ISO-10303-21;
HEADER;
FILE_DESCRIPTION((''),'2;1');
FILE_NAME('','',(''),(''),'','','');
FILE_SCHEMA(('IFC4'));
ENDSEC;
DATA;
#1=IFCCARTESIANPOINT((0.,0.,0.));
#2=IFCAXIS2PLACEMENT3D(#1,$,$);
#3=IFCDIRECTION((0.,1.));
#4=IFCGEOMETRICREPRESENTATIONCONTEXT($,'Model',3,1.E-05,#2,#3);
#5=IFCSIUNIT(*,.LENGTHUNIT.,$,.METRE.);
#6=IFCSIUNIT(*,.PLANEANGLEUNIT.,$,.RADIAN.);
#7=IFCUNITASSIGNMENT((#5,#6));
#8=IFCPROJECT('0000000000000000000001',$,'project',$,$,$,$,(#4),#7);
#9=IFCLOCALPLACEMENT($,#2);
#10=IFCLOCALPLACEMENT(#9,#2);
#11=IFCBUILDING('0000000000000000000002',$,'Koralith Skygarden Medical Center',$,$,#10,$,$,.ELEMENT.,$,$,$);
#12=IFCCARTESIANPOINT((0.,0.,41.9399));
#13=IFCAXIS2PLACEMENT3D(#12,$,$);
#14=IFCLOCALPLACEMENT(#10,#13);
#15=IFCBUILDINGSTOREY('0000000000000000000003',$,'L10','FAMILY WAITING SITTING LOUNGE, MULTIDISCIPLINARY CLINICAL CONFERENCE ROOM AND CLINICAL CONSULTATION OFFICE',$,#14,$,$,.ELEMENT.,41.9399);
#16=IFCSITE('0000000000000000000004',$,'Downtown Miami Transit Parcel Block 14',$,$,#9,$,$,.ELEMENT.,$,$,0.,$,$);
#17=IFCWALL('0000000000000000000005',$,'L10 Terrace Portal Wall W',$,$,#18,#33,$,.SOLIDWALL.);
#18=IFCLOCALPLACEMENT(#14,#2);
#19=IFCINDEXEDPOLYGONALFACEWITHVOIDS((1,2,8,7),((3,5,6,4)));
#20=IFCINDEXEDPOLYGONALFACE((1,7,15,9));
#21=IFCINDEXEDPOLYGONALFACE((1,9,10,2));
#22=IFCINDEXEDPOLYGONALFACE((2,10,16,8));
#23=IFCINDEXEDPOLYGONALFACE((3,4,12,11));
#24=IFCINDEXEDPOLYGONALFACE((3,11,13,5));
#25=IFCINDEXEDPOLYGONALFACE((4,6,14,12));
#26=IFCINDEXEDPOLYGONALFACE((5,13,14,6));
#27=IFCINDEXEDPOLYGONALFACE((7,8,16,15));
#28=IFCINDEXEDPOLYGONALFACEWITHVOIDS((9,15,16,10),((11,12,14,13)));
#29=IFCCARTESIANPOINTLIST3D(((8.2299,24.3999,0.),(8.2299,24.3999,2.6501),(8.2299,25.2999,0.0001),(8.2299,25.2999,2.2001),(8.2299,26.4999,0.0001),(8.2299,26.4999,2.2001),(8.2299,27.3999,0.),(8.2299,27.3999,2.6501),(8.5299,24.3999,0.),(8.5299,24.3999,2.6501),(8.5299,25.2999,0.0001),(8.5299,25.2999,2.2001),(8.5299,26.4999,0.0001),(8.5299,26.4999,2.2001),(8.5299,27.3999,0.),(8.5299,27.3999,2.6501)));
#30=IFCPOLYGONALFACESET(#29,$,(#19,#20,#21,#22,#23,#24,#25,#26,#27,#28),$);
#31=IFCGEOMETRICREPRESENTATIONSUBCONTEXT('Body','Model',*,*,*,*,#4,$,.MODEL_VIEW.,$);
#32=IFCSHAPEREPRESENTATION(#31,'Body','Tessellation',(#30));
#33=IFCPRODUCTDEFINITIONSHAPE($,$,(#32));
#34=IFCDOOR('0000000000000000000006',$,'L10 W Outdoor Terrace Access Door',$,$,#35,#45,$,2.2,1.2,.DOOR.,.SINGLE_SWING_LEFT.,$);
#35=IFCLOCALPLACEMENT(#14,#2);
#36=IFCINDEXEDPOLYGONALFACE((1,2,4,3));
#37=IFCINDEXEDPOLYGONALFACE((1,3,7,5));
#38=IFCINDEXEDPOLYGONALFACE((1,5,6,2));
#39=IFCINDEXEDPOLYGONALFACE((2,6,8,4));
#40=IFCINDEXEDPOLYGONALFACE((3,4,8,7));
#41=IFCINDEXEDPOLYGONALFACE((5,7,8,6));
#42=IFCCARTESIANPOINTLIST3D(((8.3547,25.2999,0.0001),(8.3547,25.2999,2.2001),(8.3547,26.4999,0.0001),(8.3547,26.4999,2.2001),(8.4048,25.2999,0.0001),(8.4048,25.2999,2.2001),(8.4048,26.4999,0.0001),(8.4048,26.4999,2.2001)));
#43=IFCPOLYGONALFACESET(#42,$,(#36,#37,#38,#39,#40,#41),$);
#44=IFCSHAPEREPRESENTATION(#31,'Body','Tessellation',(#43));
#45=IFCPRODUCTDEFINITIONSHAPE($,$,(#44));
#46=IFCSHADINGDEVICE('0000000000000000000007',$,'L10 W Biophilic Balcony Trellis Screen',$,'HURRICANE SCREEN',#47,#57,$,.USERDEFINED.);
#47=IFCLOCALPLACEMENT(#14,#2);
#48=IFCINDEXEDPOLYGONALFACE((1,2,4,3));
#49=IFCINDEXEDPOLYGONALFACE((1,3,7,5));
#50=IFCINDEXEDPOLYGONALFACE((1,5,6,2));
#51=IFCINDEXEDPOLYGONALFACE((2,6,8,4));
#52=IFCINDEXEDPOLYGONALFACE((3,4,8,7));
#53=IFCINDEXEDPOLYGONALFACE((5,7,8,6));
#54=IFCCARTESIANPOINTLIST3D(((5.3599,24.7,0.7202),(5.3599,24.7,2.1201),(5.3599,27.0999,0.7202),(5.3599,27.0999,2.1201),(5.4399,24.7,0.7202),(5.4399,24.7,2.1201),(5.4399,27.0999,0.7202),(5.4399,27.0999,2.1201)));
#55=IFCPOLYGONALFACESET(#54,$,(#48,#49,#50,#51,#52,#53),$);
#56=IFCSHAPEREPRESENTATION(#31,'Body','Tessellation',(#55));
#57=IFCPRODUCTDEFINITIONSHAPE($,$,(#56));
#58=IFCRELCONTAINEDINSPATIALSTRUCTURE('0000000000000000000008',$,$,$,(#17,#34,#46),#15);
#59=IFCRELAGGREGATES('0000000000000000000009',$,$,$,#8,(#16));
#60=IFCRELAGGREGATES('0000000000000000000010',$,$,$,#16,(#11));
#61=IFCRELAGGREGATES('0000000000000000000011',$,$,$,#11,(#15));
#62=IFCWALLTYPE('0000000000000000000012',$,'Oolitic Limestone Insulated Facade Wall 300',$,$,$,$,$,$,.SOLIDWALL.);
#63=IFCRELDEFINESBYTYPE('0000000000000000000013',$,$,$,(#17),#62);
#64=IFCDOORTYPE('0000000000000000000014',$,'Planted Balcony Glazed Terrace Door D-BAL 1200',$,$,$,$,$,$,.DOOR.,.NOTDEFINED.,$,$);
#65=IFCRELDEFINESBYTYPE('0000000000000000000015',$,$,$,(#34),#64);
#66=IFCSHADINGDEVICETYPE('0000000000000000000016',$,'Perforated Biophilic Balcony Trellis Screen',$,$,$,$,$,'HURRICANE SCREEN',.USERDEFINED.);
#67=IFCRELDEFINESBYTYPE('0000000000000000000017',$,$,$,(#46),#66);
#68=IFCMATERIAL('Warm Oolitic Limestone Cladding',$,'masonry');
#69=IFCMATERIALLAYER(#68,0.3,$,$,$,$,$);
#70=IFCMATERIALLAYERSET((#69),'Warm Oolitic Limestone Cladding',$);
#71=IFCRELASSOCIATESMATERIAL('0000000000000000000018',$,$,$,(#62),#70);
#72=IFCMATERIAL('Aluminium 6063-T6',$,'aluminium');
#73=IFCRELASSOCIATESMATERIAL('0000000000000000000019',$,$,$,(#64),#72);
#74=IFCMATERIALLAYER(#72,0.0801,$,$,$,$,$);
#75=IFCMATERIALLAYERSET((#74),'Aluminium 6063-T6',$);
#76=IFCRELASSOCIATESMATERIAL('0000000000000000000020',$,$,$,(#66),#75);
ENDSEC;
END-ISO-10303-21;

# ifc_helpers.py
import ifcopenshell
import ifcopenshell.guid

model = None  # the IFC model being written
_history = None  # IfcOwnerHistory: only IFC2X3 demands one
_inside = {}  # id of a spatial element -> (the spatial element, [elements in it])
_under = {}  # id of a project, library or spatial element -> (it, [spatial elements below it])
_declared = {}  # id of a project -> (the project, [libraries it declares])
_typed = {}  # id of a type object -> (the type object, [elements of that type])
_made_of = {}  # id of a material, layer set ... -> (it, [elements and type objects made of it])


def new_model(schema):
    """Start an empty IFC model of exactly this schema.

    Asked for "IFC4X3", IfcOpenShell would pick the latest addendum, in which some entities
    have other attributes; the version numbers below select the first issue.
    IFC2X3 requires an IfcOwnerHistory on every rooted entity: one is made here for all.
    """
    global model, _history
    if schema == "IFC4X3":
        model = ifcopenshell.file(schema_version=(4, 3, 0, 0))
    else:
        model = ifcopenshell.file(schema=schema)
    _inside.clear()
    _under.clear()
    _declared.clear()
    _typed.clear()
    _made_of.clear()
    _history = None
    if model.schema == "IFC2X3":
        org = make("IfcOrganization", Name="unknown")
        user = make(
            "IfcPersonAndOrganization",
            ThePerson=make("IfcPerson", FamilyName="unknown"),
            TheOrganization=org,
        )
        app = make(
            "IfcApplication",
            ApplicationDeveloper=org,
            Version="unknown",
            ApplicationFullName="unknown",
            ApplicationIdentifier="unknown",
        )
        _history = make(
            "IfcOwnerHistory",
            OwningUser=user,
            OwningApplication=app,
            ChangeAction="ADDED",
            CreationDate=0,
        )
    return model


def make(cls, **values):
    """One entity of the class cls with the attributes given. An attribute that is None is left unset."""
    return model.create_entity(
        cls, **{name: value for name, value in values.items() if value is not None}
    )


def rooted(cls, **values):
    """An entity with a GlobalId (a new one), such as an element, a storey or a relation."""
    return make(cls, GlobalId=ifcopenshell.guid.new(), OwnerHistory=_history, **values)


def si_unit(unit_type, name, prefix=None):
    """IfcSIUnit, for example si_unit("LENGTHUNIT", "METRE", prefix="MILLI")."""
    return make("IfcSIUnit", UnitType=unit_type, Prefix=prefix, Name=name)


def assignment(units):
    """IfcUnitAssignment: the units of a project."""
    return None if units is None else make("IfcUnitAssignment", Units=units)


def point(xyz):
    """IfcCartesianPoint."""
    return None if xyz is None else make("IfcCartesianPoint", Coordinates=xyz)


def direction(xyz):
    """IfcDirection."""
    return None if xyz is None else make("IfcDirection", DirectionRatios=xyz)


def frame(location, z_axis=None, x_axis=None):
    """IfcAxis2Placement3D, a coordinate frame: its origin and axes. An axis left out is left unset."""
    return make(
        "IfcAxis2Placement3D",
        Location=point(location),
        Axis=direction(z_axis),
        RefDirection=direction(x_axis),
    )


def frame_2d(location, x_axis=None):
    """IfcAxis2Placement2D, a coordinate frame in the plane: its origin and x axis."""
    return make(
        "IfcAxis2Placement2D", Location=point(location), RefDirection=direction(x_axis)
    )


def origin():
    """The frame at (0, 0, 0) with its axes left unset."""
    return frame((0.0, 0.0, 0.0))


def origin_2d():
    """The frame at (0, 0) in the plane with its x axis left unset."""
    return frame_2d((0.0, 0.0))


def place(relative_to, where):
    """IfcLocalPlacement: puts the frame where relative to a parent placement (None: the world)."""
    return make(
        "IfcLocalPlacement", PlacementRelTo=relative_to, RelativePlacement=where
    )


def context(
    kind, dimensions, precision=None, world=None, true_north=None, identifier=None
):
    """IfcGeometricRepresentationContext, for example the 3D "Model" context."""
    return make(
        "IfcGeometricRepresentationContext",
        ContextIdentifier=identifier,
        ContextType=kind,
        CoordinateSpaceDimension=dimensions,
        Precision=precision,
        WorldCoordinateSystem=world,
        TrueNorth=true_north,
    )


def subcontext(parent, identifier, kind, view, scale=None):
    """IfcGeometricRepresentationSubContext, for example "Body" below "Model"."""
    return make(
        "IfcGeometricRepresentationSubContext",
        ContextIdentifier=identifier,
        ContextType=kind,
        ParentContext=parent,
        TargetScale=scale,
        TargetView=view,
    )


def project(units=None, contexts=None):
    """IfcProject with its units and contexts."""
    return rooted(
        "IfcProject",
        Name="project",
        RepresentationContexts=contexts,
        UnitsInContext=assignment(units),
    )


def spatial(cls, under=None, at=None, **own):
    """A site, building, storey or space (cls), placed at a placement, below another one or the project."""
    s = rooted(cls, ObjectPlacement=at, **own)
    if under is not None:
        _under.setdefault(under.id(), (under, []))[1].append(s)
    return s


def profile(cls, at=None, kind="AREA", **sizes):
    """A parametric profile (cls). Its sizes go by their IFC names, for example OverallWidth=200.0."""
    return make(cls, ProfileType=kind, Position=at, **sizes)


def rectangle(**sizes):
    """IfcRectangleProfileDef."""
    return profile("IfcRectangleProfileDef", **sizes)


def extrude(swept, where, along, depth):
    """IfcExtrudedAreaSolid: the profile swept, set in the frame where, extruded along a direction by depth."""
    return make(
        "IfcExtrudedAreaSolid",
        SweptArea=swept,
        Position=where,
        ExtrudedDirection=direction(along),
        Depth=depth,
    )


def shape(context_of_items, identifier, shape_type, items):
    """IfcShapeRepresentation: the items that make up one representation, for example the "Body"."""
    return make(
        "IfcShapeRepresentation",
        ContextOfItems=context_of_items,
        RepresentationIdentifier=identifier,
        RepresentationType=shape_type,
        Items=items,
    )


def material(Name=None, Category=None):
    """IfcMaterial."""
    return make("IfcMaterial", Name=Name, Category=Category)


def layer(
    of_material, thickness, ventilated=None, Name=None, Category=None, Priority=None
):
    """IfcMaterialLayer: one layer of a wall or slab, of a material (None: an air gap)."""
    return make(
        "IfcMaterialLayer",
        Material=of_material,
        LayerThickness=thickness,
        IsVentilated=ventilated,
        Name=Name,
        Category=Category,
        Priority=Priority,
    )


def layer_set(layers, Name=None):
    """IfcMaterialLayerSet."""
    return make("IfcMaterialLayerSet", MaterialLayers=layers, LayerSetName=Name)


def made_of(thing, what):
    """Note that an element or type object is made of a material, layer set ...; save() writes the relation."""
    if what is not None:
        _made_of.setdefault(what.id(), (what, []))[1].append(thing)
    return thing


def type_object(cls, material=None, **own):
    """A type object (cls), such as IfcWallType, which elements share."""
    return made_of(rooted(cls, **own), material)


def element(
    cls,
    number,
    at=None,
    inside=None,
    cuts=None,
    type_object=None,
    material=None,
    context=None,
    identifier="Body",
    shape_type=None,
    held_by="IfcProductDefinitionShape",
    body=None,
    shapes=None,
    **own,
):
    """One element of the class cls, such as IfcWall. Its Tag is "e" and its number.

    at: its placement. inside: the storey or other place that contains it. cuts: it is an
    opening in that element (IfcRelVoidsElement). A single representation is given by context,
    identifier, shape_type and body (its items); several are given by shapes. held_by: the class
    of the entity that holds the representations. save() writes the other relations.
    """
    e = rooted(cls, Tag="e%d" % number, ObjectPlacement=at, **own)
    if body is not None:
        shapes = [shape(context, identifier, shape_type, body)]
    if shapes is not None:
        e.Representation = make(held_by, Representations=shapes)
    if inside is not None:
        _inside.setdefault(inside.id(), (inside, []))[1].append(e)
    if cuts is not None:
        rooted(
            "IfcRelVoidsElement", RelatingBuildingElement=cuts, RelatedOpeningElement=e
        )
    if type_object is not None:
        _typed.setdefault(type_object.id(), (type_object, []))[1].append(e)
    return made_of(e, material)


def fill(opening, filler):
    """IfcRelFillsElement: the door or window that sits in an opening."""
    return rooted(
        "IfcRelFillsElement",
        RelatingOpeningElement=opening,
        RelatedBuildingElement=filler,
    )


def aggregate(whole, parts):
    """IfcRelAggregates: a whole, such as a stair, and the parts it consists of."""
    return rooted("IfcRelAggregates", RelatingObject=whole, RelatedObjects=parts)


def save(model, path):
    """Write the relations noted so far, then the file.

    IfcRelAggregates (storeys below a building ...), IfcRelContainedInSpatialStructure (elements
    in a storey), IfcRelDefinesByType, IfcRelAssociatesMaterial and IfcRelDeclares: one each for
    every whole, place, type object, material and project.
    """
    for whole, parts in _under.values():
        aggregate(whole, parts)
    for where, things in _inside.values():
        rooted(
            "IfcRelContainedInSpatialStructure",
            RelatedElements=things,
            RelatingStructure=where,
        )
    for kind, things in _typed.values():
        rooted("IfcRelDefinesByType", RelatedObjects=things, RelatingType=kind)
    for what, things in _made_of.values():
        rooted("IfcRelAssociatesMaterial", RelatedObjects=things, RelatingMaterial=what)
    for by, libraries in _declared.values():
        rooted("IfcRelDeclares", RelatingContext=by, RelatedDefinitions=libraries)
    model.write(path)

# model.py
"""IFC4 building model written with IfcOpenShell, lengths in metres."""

from ifc_helpers import new_model, si_unit, direction, frame, frame_2d, origin, origin_2d, place, context, subcontext, project, spatial, rectangle, extrude, material, layer, layer_set, type_object, element, fill, save


model = new_model("IFC4")

# Units and contexts
model_context = context("Model", 3, precision=1e-05, world=origin(), true_north=direction((0.0, 1.0)))
body_context = subcontext(model_context, "Body", "Model", "MODEL_VIEW")
ifc_project = project(units=[si_unit("LENGTHUNIT", "METRE"), si_unit("PLANEANGLEUNIT", "RADIAN")], contexts=[model_context])

# Site, building, storey
site_placement = place(None, origin())
site = spatial("IfcSite", under=ifc_project, at=site_placement, Name="Downtown Miami Transit Parcel Block 14", CompositionType="ELEMENT", RefElevation=0.0)
building_placement = place(site_placement, origin())
building = spatial("IfcBuilding", under=site, at=building_placement, Name="Koralith Skygarden Medical Center", CompositionType="ELEMENT")
storey_placement = place(building_placement, frame((0.0, 0.0, 41.9399)))
storey = spatial("IfcBuildingStorey", under=building, at=storey_placement, Name="L10", Description="FAMILY WAITING SITTING LOUNGE, MULTIDISCIPLINARY CLINICAL CONFERENCE ROOM AND CLINICAL CONSULTATION OFFICE", CompositionType="ELEMENT", Elevation=41.9399)

# Shared definitions
ifc_material_1 = material(Name="Aluminium 6063-T6", Category="aluminium")

# Shared definitions
ifc_material_2 = material(Name="Warm Oolitic Limestone Cladding", Category="masonry")

# Wall, opening, door
ifc_layer_1 = layer(ifc_material_2, 0.3)
ifc_layer_set_1 = layer_set([ifc_layer_1], Name="Warm Oolitic Limestone Cladding")
wall_type_1 = type_object("IfcWallType", Name="Oolitic Limestone Insulated Facade Wall 300", PredefinedType="SOLIDWALL", material=ifc_layer_set_1)
wall_1_placement = place(storey_placement, frame((8.3799, 27.3999, 0.0), z_axis=(0.0, 0.0, 1.0), x_axis=(0.0, -1.0, 0.0)))
wall_1 = element("IfcWall", 1, at=wall_1_placement, inside=storey, type_object=wall_type_1, Name="L10 Terrace Portal Wall W", PredefinedType="SOLIDWALL", context=body_context, shape_type="SweptSolid", body=[
    extrude(rectangle(XDim=3.0, YDim=0.3, at=frame_2d((1.5, 0.0))), origin(), (0.0, 0.0, 1.0), 2.6501),
])
opening_1_placement = place(wall_1_placement, frame((0.8999, 0.0, 0.0)))
opening_1 = element("IfcOpeningElement", 2, at=opening_1_placement, cuts=wall_1, PredefinedType="OPENING", context=body_context, shape_type="SweptSolid", body=[
    extrude(rectangle(XDim=1.2, YDim=2.2, at=frame_2d((0.6001, 1.1001))), frame((0.0, 0.1599, 0.0), z_axis=(0.0, -1.0, 0.0), x_axis=(1.0, 0.0, 0.0)), (0.0, 0.0, 1.0), 0.3201),
])
door_type_1 = type_object("IfcDoorType", Name="Planted Balcony Glazed Terrace Door D-BAL 1200", OperationType="NOTDEFINED", PredefinedType="DOOR", material=ifc_material_1)
door_1_placement = place(opening_1_placement, origin())
door_1 = element("IfcDoor", 3, at=door_1_placement, inside=storey, type_object=door_type_1, Name="L10 W Outdoor Terrace Access Door", OperationType="SINGLE_SWING_LEFT", OverallHeight=2.2, OverallWidth=1.2, PredefinedType="DOOR", context=body_context, shape_type="SweptSolid", body=[
    extrude(rectangle(XDim=1.2, YDim=2.2, at=frame_2d((0.6001, 1.1001))), frame((0.0, 0.0249, 0.0), z_axis=(0.0, -1.0, 0.0), x_axis=(1.0, 0.0, 0.0)), (0.0, 0.0, 1.0), 0.05),
])
fill(opening_1, door_1)

# Shading device
ifc_layer_2 = layer(ifc_material_1, 0.0801)
ifc_layer_set_2 = layer_set([ifc_layer_2], Name="Aluminium 6063-T6")
shading_device_type = type_object("IfcShadingDeviceType", Name="Perforated Biophilic Balcony Trellis Screen", ElementType="HURRICANE SCREEN", PredefinedType="USERDEFINED", material=ifc_layer_set_2)
shading_device_placement = place(storey_placement, frame((5.3999, 25.8999, 0.7202), z_axis=(0.0, 0.0, 1.0), x_axis=(0.0, 1.0, 0.0)))
element("IfcShadingDevice", 4, at=shading_device_placement, inside=storey, type_object=shading_device_type, Name="L10 W Biophilic Balcony Trellis Screen", ObjectType="HURRICANE SCREEN", PredefinedType="USERDEFINED", context=body_context, shape_type="SweptSolid", body=[
    extrude(rectangle(XDim=2.3999, YDim=0.0801, at=origin_2d()), origin(), (0.0, 0.0, 1.0), 1.3999),
])

save(model, "model.ifc")
